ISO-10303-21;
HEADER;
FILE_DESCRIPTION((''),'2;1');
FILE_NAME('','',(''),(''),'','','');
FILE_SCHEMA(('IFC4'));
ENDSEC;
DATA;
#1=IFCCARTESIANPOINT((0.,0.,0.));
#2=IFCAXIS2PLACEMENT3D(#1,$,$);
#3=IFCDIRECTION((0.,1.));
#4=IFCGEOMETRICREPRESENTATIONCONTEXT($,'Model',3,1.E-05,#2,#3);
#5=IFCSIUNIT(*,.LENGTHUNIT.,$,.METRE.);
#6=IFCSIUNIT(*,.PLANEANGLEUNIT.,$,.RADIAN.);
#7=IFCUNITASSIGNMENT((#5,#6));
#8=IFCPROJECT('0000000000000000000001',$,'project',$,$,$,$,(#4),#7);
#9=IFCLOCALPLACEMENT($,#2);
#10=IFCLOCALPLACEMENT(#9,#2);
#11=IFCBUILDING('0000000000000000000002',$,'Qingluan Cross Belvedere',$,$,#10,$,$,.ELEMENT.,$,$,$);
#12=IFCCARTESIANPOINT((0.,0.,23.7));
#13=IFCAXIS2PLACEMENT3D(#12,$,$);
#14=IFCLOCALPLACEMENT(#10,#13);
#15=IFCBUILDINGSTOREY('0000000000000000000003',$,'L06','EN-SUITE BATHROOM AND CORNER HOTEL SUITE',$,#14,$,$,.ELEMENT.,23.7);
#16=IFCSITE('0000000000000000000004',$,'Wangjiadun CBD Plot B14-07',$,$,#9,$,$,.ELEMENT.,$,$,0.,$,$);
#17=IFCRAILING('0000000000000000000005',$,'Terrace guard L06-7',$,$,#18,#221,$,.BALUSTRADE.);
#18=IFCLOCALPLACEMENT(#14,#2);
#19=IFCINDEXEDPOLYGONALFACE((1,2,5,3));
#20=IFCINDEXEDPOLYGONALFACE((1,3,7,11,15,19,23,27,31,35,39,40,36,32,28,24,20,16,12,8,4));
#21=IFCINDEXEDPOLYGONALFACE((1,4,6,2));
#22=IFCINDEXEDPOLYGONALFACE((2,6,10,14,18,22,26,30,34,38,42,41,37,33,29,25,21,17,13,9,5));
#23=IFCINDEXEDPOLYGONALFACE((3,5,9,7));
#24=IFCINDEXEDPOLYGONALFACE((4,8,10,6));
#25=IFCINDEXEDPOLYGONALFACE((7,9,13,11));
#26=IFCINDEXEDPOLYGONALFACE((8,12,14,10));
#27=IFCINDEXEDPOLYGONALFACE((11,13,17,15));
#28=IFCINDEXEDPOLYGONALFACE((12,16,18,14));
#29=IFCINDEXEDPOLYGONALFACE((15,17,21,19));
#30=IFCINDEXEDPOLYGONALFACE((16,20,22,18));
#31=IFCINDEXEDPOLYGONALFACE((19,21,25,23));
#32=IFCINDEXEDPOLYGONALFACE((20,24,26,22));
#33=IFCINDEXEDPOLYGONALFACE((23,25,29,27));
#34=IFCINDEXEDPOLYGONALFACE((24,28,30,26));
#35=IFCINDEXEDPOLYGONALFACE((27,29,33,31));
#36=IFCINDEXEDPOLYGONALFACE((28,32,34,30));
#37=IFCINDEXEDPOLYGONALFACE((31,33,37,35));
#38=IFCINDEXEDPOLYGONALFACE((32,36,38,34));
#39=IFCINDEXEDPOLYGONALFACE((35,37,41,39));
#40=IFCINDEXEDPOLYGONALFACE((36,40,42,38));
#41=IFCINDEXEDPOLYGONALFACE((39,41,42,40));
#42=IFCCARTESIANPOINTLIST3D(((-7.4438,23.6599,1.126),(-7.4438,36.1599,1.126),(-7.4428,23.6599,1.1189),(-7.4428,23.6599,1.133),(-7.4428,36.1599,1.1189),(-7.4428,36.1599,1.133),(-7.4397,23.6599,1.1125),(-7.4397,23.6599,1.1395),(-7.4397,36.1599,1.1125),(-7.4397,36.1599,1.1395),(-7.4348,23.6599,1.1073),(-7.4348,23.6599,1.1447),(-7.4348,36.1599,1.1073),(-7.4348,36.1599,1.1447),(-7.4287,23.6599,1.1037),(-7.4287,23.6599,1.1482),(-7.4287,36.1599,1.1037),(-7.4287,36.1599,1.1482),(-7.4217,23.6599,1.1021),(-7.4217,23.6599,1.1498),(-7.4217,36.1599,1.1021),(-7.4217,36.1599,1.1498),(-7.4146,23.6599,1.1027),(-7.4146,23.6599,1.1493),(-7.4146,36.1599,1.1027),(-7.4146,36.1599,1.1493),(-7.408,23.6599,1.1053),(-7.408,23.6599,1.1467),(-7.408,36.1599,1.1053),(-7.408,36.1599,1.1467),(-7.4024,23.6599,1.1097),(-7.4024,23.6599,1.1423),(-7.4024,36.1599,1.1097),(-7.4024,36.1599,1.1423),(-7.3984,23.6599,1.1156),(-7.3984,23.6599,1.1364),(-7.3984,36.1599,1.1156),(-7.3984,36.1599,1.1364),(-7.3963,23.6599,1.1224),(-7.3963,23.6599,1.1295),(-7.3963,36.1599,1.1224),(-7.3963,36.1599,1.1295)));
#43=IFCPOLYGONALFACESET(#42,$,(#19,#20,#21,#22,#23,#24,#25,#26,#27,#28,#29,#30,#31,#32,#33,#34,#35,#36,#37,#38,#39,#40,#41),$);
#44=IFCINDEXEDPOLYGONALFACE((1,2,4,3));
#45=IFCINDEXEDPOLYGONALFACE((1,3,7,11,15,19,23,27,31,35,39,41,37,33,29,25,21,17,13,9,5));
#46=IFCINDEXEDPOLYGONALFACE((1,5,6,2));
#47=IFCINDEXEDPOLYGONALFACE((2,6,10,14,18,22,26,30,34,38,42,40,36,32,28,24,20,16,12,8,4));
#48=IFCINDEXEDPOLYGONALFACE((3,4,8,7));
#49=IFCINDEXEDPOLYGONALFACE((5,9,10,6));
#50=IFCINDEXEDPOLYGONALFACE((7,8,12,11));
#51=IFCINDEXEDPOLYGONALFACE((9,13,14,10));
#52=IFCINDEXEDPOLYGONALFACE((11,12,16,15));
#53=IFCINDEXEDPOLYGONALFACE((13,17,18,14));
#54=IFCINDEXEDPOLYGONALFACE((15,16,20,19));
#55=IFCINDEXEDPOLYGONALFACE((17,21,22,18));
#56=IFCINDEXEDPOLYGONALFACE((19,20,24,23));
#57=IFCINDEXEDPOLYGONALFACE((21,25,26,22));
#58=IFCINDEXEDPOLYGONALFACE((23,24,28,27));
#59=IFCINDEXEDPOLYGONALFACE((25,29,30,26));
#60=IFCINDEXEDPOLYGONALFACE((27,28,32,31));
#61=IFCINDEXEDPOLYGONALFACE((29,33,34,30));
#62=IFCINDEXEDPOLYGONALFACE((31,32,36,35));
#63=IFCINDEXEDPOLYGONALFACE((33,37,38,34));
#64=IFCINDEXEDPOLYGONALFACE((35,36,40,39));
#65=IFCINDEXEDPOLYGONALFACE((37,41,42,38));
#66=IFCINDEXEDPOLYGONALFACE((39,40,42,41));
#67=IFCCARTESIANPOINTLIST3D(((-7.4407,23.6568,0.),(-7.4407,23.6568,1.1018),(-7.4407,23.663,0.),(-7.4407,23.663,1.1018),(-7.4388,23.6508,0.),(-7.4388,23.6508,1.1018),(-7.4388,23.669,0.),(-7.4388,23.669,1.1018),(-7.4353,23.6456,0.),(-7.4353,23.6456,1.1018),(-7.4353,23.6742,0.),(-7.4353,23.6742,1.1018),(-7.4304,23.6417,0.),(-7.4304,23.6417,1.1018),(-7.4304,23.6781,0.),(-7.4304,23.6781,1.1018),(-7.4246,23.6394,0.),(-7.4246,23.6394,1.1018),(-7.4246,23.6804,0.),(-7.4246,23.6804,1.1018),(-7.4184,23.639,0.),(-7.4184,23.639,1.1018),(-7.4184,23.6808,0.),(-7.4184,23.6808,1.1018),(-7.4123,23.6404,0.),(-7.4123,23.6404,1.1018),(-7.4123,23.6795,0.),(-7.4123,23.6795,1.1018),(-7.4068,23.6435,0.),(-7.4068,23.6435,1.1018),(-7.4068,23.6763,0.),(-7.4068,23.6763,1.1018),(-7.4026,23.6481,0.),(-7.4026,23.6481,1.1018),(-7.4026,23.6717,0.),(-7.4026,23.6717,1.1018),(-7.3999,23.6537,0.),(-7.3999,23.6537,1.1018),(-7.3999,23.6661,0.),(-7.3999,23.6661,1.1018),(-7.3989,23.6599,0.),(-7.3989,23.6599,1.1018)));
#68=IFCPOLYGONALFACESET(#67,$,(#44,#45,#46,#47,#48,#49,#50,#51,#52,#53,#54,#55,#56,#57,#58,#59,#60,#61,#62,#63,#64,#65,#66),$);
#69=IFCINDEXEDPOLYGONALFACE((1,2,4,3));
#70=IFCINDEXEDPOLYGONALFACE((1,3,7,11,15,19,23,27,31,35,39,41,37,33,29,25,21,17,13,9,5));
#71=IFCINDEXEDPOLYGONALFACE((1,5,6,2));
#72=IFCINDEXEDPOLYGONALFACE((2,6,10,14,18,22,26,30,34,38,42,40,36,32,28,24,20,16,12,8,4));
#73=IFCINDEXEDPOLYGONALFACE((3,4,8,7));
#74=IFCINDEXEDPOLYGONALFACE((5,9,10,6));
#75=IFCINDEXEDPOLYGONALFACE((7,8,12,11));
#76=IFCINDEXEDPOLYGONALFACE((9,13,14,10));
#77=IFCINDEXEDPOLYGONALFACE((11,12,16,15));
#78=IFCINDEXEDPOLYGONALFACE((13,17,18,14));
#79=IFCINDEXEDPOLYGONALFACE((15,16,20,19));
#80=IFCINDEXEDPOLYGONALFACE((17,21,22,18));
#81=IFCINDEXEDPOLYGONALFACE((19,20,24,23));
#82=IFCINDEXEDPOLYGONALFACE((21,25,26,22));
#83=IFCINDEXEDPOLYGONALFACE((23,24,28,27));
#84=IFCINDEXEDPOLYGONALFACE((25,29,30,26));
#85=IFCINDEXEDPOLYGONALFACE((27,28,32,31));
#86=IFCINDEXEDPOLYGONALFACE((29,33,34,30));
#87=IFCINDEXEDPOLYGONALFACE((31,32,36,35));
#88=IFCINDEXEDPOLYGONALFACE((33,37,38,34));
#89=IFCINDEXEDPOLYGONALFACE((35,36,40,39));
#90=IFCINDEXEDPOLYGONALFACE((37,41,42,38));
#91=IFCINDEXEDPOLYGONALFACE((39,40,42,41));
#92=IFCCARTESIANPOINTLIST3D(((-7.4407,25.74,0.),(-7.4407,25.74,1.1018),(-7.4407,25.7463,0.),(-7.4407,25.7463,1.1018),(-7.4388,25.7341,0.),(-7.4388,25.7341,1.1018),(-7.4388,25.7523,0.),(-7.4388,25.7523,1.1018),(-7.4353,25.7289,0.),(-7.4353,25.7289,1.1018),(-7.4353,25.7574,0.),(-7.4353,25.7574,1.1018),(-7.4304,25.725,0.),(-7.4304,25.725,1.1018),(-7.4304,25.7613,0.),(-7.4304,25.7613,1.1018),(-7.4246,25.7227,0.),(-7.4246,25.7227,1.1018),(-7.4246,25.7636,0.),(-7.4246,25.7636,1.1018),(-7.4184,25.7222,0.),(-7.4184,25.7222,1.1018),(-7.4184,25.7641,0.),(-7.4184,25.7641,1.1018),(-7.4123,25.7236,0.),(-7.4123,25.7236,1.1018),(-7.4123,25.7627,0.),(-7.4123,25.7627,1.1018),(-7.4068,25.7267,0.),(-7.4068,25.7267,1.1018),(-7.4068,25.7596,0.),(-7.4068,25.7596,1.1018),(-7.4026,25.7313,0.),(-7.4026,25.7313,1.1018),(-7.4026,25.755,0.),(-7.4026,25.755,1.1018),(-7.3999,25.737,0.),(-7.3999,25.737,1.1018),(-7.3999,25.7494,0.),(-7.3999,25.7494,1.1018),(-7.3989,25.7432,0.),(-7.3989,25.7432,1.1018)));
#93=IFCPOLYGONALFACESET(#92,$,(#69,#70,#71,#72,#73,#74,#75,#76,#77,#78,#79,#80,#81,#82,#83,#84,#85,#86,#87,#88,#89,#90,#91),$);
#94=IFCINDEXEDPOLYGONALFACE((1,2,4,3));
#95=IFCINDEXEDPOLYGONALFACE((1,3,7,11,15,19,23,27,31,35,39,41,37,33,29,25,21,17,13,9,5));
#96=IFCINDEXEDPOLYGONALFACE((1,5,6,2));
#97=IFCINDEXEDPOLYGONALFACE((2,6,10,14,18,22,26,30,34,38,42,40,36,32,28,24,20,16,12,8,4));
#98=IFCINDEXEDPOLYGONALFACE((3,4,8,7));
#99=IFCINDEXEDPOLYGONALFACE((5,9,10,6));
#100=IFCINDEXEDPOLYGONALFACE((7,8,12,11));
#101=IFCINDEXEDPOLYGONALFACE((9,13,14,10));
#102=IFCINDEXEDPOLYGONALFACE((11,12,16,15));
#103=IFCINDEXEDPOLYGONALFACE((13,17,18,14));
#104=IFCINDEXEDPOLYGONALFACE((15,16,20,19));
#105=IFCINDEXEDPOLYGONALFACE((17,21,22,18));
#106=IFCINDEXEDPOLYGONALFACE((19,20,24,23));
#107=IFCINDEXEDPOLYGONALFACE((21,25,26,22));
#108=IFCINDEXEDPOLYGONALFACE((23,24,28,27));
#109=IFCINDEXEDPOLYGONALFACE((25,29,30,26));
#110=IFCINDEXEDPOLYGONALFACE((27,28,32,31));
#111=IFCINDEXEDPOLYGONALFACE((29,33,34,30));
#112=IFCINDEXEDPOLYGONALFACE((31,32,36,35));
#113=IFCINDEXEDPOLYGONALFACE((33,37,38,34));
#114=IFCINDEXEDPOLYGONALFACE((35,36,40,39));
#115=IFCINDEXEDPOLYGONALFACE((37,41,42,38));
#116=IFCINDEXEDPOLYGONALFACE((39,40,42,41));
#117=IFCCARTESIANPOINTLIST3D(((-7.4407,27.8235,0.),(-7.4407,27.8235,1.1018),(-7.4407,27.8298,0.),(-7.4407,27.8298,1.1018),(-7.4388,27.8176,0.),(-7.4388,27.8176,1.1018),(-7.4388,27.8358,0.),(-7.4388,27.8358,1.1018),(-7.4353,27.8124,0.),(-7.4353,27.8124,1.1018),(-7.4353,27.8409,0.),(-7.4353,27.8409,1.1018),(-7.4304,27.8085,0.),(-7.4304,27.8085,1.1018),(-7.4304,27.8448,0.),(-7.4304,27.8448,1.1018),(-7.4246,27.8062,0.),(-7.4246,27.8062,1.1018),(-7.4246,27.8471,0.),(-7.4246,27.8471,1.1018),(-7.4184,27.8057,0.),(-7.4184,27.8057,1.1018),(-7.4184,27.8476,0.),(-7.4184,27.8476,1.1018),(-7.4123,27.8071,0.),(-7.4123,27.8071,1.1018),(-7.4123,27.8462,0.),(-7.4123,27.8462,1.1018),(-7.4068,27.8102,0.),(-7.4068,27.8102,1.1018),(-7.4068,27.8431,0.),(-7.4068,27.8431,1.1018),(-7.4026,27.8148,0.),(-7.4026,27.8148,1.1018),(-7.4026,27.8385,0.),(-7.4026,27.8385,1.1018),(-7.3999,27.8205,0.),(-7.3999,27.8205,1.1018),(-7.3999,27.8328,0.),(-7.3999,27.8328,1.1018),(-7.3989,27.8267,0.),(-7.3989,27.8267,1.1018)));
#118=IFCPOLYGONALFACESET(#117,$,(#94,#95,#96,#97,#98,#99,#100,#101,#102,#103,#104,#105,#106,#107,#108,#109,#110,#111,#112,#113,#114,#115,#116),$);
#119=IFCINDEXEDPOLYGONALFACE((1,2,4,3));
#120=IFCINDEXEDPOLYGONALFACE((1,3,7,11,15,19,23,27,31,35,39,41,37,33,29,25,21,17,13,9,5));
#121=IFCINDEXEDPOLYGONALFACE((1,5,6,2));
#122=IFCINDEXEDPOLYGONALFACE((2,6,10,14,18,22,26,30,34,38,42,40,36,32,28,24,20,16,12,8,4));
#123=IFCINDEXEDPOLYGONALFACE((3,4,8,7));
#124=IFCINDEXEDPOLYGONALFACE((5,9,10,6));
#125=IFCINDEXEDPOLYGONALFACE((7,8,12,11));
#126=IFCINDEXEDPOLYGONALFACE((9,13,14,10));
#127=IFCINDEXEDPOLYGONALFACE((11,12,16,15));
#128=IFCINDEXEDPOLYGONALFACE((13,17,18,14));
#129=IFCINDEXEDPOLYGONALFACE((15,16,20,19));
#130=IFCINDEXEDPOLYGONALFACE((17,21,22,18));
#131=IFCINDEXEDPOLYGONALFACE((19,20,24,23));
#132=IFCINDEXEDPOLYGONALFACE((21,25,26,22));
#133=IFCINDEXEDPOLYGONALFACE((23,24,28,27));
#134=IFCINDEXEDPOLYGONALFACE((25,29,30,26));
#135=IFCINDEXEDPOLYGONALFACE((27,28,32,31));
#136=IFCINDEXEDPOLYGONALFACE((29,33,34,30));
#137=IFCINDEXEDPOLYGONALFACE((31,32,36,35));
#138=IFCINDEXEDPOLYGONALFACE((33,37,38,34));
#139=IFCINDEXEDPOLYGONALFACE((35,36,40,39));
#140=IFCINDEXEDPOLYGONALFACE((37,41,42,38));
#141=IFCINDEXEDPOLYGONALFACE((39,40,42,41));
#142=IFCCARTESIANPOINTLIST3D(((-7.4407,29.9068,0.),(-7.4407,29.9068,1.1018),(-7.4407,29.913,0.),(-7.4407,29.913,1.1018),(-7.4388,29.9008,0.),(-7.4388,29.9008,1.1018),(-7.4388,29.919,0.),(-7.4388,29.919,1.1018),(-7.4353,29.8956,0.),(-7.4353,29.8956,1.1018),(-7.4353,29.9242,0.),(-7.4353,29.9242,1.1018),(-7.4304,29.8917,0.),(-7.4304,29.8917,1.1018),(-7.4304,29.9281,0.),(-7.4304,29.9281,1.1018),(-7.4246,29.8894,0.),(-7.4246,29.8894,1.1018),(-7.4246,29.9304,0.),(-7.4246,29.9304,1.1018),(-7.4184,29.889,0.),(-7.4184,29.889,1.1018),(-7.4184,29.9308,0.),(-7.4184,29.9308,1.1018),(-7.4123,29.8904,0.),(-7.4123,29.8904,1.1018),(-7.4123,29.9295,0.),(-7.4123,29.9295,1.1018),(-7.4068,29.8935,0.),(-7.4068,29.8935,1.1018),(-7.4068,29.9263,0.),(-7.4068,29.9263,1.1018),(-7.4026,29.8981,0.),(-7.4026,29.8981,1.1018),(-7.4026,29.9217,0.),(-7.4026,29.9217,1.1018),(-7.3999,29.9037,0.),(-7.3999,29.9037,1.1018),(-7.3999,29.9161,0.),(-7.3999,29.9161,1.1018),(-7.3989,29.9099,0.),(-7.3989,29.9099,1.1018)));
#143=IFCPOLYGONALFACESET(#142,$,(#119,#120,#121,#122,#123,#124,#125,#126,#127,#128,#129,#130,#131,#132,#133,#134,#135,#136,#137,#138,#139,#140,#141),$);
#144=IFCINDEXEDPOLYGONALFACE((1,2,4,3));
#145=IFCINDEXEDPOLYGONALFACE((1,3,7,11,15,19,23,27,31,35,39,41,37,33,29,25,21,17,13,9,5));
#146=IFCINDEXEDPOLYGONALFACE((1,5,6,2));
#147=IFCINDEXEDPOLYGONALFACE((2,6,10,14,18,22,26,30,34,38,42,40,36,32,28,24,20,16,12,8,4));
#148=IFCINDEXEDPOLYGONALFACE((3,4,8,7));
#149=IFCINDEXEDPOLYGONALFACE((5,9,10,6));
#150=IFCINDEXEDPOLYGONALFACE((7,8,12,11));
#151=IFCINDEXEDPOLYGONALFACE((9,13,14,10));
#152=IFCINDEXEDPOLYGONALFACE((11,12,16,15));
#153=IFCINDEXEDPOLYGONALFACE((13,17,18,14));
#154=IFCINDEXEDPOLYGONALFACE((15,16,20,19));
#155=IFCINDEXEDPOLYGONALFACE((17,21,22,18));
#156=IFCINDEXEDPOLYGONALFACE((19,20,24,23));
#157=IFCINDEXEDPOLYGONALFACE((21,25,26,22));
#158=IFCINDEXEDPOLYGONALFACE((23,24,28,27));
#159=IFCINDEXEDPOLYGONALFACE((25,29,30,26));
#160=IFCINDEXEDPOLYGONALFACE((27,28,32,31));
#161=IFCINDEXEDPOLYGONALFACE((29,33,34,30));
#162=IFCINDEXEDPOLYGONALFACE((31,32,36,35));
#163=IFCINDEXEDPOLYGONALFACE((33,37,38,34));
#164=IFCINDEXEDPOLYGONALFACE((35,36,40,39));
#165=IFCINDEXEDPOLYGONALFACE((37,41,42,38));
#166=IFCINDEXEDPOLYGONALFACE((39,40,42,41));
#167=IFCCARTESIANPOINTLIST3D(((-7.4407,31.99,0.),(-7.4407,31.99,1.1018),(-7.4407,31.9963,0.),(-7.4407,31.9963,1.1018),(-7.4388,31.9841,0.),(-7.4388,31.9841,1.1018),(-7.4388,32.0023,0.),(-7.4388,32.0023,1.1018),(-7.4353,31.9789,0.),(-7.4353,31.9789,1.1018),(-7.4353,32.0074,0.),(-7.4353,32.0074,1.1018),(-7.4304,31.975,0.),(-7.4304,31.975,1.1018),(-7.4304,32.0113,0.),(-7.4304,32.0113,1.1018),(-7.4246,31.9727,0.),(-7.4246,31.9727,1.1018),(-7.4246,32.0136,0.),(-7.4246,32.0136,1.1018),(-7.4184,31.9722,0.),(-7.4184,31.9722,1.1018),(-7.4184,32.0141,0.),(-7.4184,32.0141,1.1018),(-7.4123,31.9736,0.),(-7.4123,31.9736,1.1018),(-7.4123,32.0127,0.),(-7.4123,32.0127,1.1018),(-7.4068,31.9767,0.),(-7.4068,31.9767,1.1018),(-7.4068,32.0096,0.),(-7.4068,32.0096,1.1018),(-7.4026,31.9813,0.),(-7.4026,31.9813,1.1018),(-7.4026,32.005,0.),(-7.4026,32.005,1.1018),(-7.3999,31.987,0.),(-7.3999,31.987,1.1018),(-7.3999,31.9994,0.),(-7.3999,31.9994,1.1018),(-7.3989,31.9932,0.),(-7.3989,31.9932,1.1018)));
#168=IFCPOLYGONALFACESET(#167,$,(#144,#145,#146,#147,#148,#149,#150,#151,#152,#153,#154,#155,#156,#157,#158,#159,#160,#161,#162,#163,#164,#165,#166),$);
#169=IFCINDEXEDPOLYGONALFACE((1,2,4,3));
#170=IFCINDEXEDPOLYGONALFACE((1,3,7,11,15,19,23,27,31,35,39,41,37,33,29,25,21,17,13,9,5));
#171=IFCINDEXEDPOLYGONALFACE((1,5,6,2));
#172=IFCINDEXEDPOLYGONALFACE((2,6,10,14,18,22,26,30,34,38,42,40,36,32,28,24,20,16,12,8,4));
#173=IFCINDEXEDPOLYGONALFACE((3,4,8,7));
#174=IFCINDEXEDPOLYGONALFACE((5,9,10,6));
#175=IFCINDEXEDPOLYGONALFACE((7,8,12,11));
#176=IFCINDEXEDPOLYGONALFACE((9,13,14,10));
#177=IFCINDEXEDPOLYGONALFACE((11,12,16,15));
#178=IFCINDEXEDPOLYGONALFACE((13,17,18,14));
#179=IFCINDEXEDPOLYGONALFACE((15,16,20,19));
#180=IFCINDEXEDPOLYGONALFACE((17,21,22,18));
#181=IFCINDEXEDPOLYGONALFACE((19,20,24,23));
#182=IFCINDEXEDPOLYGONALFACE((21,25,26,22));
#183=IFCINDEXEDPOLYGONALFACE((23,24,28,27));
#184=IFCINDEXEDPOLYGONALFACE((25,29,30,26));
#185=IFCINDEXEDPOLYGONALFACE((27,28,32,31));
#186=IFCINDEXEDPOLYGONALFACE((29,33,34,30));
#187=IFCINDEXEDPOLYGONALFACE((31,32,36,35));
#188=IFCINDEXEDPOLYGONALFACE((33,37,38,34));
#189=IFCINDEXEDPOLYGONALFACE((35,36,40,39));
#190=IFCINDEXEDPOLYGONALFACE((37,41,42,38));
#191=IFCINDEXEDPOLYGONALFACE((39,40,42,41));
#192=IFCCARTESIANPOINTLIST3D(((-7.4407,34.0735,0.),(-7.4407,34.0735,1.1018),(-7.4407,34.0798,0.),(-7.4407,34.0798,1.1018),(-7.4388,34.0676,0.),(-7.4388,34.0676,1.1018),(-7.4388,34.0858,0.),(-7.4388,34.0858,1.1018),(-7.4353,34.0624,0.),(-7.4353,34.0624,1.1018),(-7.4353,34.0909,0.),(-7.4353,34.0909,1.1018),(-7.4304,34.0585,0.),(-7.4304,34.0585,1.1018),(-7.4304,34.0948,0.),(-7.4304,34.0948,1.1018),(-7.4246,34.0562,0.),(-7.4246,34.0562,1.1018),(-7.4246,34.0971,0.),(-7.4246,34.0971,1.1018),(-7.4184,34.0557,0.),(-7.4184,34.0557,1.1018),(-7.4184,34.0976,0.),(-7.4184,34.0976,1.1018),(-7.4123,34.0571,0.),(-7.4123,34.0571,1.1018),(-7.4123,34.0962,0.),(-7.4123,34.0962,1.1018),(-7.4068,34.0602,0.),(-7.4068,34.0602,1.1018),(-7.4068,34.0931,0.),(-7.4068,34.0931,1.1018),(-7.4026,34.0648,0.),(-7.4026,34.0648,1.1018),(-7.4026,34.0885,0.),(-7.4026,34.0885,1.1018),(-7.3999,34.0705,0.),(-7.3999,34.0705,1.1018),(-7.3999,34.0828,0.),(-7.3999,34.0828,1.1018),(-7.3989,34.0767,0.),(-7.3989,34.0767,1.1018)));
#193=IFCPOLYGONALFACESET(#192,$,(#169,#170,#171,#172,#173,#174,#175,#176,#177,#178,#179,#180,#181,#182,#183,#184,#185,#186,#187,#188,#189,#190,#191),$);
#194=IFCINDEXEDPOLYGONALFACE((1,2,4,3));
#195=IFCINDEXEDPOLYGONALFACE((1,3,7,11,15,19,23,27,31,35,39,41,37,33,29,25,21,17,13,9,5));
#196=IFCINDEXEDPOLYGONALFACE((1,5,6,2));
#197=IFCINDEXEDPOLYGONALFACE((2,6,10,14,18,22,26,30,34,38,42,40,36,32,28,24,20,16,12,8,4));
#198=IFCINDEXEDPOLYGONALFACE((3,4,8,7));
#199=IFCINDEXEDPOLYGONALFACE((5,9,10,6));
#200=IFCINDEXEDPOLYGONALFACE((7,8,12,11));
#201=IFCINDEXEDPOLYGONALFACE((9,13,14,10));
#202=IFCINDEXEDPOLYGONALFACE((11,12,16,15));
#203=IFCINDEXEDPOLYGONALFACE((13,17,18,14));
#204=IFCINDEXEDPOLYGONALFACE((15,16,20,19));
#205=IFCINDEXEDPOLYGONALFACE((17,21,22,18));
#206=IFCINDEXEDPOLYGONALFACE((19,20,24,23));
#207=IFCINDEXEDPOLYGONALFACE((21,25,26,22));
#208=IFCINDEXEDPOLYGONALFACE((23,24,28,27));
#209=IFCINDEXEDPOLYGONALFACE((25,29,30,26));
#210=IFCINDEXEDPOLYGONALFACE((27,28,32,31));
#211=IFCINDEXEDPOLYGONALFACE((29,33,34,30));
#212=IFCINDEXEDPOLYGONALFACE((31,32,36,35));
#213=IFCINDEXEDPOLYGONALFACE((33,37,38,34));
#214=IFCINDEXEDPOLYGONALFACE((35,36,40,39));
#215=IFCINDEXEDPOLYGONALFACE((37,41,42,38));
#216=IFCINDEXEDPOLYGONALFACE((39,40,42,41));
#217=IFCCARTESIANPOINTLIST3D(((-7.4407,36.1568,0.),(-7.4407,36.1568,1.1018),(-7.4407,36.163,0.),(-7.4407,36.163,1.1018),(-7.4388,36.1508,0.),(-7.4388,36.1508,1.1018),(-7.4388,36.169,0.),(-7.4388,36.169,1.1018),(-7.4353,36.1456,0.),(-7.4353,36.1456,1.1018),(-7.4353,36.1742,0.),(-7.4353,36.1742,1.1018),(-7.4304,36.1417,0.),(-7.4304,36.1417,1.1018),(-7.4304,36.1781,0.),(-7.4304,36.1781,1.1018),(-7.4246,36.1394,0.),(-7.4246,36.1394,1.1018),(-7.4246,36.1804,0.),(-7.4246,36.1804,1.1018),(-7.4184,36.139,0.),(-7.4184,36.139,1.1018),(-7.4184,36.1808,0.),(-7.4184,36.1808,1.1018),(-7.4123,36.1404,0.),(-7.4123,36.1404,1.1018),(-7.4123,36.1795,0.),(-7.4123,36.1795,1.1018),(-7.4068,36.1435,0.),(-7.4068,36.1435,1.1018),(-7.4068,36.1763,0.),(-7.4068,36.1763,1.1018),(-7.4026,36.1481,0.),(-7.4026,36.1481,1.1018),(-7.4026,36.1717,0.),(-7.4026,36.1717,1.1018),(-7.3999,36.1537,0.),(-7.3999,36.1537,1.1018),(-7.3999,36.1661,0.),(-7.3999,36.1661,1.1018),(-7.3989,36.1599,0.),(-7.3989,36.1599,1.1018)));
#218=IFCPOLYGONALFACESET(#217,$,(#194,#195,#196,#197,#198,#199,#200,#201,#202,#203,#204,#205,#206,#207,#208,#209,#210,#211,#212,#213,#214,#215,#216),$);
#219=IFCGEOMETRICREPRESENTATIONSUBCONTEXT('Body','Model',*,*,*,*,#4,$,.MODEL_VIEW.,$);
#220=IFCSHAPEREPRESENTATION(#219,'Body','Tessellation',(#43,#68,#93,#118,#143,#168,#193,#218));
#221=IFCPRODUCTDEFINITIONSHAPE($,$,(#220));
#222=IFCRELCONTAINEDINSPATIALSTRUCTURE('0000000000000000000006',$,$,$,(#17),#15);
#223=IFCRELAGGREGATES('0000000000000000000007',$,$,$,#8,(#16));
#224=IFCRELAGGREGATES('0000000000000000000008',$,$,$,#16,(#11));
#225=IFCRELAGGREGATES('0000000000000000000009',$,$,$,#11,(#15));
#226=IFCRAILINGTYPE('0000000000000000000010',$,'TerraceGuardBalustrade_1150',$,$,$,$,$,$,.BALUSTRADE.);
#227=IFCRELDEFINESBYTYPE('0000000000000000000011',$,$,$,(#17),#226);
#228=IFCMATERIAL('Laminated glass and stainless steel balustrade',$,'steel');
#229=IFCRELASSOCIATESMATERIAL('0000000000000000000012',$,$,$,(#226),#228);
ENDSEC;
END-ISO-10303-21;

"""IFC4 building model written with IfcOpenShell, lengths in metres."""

from ifc_helpers import new_model, si_unit, direction, frame, origin, origin_2d, place, context, subcontext, project, spatial, circle, extrude, material, type_object, element, save


model = new_model("IFC4")

# Units and contexts
model_context = context("Model", 3, precision=1e-05, world=origin(), true_north=direction((0.0, 1.0)))
body_context = subcontext(model_context, "Body", "Model", "MODEL_VIEW")
ifc_project = project(units=[si_unit("LENGTHUNIT", "METRE"), si_unit("PLANEANGLEUNIT", "RADIAN")], contexts=[model_context])

# Site, building, storey
site_placement = place(None, origin())
site = spatial("IfcSite", under=ifc_project, at=site_placement, Name="Wangjiadun CBD Plot B14-07", CompositionType="ELEMENT", RefElevation=0.0)
building_placement = place(site_placement, origin())
building = spatial("IfcBuilding", under=site, at=building_placement, Name="Qingluan Cross Belvedere", CompositionType="ELEMENT")
storey_placement = place(building_placement, frame((0.0, 0.0, 23.7)))
storey = spatial("IfcBuildingStorey", under=building, at=storey_placement, Name="L06", Description="EN-SUITE BATHROOM AND CORNER HOTEL SUITE", CompositionType="ELEMENT", Elevation=23.7)

# Railing
ifc_material_1 = material(Name="Laminated glass and stainless steel balustrade", Category="steel")
railing_type = type_object("IfcRailingType", Name="TerraceGuardBalustrade_1150", PredefinedType="BALUSTRADE", material=ifc_material_1)
railing_1_placement = place(storey_placement, frame((-7.4199, 23.6599, 0.0)))
element("IfcRailing", 1, at=railing_1_placement, inside=storey, type_object=railing_type, Name="Terrace guard L06-7", PredefinedType="BALUSTRADE", context=body_context, shape_type="SweptSolid", body=[
    extrude(circle(Radius=0.0239, at=origin_2d()), frame((0.0, 0.0, 1.126), z_axis=(0.0, 1.0, 0.0), x_axis=(-1.0, 0.0, 0.0)), (0.0, 0.0, 1.0), 12.5),
    extrude(circle(Radius=0.021, at=origin_2d()), origin(), (0.0, 0.0, 1.0), 1.1018),
    extrude(circle(Radius=0.021, at=origin_2d()), frame((0.0, 2.0833, 0.0)), (0.0, 0.0, 1.0), 1.1018),
    extrude(circle(Radius=0.021, at=origin_2d()), frame((0.0, 4.1667, 0.0)), (0.0, 0.0, 1.0), 1.1018),
    extrude(circle(Radius=0.021, at=origin_2d()), frame((0.0, 6.25, 0.0)), (0.0, 0.0, 1.0), 1.1018),
    extrude(circle(Radius=0.021, at=origin_2d()), frame((0.0, 8.3333, 0.0)), (0.0, 0.0, 1.0), 1.1018),
    extrude(circle(Radius=0.021, at=origin_2d()), frame((0.0, 10.4167, 0.0)), (0.0, 0.0, 1.0), 1.1018),
    extrude(circle(Radius=0.021, at=origin_2d()), frame((0.0, 12.5, 0.0)), (0.0, 0.0, 1.0), 1.1018),
])

save(model, "model.ifc")
